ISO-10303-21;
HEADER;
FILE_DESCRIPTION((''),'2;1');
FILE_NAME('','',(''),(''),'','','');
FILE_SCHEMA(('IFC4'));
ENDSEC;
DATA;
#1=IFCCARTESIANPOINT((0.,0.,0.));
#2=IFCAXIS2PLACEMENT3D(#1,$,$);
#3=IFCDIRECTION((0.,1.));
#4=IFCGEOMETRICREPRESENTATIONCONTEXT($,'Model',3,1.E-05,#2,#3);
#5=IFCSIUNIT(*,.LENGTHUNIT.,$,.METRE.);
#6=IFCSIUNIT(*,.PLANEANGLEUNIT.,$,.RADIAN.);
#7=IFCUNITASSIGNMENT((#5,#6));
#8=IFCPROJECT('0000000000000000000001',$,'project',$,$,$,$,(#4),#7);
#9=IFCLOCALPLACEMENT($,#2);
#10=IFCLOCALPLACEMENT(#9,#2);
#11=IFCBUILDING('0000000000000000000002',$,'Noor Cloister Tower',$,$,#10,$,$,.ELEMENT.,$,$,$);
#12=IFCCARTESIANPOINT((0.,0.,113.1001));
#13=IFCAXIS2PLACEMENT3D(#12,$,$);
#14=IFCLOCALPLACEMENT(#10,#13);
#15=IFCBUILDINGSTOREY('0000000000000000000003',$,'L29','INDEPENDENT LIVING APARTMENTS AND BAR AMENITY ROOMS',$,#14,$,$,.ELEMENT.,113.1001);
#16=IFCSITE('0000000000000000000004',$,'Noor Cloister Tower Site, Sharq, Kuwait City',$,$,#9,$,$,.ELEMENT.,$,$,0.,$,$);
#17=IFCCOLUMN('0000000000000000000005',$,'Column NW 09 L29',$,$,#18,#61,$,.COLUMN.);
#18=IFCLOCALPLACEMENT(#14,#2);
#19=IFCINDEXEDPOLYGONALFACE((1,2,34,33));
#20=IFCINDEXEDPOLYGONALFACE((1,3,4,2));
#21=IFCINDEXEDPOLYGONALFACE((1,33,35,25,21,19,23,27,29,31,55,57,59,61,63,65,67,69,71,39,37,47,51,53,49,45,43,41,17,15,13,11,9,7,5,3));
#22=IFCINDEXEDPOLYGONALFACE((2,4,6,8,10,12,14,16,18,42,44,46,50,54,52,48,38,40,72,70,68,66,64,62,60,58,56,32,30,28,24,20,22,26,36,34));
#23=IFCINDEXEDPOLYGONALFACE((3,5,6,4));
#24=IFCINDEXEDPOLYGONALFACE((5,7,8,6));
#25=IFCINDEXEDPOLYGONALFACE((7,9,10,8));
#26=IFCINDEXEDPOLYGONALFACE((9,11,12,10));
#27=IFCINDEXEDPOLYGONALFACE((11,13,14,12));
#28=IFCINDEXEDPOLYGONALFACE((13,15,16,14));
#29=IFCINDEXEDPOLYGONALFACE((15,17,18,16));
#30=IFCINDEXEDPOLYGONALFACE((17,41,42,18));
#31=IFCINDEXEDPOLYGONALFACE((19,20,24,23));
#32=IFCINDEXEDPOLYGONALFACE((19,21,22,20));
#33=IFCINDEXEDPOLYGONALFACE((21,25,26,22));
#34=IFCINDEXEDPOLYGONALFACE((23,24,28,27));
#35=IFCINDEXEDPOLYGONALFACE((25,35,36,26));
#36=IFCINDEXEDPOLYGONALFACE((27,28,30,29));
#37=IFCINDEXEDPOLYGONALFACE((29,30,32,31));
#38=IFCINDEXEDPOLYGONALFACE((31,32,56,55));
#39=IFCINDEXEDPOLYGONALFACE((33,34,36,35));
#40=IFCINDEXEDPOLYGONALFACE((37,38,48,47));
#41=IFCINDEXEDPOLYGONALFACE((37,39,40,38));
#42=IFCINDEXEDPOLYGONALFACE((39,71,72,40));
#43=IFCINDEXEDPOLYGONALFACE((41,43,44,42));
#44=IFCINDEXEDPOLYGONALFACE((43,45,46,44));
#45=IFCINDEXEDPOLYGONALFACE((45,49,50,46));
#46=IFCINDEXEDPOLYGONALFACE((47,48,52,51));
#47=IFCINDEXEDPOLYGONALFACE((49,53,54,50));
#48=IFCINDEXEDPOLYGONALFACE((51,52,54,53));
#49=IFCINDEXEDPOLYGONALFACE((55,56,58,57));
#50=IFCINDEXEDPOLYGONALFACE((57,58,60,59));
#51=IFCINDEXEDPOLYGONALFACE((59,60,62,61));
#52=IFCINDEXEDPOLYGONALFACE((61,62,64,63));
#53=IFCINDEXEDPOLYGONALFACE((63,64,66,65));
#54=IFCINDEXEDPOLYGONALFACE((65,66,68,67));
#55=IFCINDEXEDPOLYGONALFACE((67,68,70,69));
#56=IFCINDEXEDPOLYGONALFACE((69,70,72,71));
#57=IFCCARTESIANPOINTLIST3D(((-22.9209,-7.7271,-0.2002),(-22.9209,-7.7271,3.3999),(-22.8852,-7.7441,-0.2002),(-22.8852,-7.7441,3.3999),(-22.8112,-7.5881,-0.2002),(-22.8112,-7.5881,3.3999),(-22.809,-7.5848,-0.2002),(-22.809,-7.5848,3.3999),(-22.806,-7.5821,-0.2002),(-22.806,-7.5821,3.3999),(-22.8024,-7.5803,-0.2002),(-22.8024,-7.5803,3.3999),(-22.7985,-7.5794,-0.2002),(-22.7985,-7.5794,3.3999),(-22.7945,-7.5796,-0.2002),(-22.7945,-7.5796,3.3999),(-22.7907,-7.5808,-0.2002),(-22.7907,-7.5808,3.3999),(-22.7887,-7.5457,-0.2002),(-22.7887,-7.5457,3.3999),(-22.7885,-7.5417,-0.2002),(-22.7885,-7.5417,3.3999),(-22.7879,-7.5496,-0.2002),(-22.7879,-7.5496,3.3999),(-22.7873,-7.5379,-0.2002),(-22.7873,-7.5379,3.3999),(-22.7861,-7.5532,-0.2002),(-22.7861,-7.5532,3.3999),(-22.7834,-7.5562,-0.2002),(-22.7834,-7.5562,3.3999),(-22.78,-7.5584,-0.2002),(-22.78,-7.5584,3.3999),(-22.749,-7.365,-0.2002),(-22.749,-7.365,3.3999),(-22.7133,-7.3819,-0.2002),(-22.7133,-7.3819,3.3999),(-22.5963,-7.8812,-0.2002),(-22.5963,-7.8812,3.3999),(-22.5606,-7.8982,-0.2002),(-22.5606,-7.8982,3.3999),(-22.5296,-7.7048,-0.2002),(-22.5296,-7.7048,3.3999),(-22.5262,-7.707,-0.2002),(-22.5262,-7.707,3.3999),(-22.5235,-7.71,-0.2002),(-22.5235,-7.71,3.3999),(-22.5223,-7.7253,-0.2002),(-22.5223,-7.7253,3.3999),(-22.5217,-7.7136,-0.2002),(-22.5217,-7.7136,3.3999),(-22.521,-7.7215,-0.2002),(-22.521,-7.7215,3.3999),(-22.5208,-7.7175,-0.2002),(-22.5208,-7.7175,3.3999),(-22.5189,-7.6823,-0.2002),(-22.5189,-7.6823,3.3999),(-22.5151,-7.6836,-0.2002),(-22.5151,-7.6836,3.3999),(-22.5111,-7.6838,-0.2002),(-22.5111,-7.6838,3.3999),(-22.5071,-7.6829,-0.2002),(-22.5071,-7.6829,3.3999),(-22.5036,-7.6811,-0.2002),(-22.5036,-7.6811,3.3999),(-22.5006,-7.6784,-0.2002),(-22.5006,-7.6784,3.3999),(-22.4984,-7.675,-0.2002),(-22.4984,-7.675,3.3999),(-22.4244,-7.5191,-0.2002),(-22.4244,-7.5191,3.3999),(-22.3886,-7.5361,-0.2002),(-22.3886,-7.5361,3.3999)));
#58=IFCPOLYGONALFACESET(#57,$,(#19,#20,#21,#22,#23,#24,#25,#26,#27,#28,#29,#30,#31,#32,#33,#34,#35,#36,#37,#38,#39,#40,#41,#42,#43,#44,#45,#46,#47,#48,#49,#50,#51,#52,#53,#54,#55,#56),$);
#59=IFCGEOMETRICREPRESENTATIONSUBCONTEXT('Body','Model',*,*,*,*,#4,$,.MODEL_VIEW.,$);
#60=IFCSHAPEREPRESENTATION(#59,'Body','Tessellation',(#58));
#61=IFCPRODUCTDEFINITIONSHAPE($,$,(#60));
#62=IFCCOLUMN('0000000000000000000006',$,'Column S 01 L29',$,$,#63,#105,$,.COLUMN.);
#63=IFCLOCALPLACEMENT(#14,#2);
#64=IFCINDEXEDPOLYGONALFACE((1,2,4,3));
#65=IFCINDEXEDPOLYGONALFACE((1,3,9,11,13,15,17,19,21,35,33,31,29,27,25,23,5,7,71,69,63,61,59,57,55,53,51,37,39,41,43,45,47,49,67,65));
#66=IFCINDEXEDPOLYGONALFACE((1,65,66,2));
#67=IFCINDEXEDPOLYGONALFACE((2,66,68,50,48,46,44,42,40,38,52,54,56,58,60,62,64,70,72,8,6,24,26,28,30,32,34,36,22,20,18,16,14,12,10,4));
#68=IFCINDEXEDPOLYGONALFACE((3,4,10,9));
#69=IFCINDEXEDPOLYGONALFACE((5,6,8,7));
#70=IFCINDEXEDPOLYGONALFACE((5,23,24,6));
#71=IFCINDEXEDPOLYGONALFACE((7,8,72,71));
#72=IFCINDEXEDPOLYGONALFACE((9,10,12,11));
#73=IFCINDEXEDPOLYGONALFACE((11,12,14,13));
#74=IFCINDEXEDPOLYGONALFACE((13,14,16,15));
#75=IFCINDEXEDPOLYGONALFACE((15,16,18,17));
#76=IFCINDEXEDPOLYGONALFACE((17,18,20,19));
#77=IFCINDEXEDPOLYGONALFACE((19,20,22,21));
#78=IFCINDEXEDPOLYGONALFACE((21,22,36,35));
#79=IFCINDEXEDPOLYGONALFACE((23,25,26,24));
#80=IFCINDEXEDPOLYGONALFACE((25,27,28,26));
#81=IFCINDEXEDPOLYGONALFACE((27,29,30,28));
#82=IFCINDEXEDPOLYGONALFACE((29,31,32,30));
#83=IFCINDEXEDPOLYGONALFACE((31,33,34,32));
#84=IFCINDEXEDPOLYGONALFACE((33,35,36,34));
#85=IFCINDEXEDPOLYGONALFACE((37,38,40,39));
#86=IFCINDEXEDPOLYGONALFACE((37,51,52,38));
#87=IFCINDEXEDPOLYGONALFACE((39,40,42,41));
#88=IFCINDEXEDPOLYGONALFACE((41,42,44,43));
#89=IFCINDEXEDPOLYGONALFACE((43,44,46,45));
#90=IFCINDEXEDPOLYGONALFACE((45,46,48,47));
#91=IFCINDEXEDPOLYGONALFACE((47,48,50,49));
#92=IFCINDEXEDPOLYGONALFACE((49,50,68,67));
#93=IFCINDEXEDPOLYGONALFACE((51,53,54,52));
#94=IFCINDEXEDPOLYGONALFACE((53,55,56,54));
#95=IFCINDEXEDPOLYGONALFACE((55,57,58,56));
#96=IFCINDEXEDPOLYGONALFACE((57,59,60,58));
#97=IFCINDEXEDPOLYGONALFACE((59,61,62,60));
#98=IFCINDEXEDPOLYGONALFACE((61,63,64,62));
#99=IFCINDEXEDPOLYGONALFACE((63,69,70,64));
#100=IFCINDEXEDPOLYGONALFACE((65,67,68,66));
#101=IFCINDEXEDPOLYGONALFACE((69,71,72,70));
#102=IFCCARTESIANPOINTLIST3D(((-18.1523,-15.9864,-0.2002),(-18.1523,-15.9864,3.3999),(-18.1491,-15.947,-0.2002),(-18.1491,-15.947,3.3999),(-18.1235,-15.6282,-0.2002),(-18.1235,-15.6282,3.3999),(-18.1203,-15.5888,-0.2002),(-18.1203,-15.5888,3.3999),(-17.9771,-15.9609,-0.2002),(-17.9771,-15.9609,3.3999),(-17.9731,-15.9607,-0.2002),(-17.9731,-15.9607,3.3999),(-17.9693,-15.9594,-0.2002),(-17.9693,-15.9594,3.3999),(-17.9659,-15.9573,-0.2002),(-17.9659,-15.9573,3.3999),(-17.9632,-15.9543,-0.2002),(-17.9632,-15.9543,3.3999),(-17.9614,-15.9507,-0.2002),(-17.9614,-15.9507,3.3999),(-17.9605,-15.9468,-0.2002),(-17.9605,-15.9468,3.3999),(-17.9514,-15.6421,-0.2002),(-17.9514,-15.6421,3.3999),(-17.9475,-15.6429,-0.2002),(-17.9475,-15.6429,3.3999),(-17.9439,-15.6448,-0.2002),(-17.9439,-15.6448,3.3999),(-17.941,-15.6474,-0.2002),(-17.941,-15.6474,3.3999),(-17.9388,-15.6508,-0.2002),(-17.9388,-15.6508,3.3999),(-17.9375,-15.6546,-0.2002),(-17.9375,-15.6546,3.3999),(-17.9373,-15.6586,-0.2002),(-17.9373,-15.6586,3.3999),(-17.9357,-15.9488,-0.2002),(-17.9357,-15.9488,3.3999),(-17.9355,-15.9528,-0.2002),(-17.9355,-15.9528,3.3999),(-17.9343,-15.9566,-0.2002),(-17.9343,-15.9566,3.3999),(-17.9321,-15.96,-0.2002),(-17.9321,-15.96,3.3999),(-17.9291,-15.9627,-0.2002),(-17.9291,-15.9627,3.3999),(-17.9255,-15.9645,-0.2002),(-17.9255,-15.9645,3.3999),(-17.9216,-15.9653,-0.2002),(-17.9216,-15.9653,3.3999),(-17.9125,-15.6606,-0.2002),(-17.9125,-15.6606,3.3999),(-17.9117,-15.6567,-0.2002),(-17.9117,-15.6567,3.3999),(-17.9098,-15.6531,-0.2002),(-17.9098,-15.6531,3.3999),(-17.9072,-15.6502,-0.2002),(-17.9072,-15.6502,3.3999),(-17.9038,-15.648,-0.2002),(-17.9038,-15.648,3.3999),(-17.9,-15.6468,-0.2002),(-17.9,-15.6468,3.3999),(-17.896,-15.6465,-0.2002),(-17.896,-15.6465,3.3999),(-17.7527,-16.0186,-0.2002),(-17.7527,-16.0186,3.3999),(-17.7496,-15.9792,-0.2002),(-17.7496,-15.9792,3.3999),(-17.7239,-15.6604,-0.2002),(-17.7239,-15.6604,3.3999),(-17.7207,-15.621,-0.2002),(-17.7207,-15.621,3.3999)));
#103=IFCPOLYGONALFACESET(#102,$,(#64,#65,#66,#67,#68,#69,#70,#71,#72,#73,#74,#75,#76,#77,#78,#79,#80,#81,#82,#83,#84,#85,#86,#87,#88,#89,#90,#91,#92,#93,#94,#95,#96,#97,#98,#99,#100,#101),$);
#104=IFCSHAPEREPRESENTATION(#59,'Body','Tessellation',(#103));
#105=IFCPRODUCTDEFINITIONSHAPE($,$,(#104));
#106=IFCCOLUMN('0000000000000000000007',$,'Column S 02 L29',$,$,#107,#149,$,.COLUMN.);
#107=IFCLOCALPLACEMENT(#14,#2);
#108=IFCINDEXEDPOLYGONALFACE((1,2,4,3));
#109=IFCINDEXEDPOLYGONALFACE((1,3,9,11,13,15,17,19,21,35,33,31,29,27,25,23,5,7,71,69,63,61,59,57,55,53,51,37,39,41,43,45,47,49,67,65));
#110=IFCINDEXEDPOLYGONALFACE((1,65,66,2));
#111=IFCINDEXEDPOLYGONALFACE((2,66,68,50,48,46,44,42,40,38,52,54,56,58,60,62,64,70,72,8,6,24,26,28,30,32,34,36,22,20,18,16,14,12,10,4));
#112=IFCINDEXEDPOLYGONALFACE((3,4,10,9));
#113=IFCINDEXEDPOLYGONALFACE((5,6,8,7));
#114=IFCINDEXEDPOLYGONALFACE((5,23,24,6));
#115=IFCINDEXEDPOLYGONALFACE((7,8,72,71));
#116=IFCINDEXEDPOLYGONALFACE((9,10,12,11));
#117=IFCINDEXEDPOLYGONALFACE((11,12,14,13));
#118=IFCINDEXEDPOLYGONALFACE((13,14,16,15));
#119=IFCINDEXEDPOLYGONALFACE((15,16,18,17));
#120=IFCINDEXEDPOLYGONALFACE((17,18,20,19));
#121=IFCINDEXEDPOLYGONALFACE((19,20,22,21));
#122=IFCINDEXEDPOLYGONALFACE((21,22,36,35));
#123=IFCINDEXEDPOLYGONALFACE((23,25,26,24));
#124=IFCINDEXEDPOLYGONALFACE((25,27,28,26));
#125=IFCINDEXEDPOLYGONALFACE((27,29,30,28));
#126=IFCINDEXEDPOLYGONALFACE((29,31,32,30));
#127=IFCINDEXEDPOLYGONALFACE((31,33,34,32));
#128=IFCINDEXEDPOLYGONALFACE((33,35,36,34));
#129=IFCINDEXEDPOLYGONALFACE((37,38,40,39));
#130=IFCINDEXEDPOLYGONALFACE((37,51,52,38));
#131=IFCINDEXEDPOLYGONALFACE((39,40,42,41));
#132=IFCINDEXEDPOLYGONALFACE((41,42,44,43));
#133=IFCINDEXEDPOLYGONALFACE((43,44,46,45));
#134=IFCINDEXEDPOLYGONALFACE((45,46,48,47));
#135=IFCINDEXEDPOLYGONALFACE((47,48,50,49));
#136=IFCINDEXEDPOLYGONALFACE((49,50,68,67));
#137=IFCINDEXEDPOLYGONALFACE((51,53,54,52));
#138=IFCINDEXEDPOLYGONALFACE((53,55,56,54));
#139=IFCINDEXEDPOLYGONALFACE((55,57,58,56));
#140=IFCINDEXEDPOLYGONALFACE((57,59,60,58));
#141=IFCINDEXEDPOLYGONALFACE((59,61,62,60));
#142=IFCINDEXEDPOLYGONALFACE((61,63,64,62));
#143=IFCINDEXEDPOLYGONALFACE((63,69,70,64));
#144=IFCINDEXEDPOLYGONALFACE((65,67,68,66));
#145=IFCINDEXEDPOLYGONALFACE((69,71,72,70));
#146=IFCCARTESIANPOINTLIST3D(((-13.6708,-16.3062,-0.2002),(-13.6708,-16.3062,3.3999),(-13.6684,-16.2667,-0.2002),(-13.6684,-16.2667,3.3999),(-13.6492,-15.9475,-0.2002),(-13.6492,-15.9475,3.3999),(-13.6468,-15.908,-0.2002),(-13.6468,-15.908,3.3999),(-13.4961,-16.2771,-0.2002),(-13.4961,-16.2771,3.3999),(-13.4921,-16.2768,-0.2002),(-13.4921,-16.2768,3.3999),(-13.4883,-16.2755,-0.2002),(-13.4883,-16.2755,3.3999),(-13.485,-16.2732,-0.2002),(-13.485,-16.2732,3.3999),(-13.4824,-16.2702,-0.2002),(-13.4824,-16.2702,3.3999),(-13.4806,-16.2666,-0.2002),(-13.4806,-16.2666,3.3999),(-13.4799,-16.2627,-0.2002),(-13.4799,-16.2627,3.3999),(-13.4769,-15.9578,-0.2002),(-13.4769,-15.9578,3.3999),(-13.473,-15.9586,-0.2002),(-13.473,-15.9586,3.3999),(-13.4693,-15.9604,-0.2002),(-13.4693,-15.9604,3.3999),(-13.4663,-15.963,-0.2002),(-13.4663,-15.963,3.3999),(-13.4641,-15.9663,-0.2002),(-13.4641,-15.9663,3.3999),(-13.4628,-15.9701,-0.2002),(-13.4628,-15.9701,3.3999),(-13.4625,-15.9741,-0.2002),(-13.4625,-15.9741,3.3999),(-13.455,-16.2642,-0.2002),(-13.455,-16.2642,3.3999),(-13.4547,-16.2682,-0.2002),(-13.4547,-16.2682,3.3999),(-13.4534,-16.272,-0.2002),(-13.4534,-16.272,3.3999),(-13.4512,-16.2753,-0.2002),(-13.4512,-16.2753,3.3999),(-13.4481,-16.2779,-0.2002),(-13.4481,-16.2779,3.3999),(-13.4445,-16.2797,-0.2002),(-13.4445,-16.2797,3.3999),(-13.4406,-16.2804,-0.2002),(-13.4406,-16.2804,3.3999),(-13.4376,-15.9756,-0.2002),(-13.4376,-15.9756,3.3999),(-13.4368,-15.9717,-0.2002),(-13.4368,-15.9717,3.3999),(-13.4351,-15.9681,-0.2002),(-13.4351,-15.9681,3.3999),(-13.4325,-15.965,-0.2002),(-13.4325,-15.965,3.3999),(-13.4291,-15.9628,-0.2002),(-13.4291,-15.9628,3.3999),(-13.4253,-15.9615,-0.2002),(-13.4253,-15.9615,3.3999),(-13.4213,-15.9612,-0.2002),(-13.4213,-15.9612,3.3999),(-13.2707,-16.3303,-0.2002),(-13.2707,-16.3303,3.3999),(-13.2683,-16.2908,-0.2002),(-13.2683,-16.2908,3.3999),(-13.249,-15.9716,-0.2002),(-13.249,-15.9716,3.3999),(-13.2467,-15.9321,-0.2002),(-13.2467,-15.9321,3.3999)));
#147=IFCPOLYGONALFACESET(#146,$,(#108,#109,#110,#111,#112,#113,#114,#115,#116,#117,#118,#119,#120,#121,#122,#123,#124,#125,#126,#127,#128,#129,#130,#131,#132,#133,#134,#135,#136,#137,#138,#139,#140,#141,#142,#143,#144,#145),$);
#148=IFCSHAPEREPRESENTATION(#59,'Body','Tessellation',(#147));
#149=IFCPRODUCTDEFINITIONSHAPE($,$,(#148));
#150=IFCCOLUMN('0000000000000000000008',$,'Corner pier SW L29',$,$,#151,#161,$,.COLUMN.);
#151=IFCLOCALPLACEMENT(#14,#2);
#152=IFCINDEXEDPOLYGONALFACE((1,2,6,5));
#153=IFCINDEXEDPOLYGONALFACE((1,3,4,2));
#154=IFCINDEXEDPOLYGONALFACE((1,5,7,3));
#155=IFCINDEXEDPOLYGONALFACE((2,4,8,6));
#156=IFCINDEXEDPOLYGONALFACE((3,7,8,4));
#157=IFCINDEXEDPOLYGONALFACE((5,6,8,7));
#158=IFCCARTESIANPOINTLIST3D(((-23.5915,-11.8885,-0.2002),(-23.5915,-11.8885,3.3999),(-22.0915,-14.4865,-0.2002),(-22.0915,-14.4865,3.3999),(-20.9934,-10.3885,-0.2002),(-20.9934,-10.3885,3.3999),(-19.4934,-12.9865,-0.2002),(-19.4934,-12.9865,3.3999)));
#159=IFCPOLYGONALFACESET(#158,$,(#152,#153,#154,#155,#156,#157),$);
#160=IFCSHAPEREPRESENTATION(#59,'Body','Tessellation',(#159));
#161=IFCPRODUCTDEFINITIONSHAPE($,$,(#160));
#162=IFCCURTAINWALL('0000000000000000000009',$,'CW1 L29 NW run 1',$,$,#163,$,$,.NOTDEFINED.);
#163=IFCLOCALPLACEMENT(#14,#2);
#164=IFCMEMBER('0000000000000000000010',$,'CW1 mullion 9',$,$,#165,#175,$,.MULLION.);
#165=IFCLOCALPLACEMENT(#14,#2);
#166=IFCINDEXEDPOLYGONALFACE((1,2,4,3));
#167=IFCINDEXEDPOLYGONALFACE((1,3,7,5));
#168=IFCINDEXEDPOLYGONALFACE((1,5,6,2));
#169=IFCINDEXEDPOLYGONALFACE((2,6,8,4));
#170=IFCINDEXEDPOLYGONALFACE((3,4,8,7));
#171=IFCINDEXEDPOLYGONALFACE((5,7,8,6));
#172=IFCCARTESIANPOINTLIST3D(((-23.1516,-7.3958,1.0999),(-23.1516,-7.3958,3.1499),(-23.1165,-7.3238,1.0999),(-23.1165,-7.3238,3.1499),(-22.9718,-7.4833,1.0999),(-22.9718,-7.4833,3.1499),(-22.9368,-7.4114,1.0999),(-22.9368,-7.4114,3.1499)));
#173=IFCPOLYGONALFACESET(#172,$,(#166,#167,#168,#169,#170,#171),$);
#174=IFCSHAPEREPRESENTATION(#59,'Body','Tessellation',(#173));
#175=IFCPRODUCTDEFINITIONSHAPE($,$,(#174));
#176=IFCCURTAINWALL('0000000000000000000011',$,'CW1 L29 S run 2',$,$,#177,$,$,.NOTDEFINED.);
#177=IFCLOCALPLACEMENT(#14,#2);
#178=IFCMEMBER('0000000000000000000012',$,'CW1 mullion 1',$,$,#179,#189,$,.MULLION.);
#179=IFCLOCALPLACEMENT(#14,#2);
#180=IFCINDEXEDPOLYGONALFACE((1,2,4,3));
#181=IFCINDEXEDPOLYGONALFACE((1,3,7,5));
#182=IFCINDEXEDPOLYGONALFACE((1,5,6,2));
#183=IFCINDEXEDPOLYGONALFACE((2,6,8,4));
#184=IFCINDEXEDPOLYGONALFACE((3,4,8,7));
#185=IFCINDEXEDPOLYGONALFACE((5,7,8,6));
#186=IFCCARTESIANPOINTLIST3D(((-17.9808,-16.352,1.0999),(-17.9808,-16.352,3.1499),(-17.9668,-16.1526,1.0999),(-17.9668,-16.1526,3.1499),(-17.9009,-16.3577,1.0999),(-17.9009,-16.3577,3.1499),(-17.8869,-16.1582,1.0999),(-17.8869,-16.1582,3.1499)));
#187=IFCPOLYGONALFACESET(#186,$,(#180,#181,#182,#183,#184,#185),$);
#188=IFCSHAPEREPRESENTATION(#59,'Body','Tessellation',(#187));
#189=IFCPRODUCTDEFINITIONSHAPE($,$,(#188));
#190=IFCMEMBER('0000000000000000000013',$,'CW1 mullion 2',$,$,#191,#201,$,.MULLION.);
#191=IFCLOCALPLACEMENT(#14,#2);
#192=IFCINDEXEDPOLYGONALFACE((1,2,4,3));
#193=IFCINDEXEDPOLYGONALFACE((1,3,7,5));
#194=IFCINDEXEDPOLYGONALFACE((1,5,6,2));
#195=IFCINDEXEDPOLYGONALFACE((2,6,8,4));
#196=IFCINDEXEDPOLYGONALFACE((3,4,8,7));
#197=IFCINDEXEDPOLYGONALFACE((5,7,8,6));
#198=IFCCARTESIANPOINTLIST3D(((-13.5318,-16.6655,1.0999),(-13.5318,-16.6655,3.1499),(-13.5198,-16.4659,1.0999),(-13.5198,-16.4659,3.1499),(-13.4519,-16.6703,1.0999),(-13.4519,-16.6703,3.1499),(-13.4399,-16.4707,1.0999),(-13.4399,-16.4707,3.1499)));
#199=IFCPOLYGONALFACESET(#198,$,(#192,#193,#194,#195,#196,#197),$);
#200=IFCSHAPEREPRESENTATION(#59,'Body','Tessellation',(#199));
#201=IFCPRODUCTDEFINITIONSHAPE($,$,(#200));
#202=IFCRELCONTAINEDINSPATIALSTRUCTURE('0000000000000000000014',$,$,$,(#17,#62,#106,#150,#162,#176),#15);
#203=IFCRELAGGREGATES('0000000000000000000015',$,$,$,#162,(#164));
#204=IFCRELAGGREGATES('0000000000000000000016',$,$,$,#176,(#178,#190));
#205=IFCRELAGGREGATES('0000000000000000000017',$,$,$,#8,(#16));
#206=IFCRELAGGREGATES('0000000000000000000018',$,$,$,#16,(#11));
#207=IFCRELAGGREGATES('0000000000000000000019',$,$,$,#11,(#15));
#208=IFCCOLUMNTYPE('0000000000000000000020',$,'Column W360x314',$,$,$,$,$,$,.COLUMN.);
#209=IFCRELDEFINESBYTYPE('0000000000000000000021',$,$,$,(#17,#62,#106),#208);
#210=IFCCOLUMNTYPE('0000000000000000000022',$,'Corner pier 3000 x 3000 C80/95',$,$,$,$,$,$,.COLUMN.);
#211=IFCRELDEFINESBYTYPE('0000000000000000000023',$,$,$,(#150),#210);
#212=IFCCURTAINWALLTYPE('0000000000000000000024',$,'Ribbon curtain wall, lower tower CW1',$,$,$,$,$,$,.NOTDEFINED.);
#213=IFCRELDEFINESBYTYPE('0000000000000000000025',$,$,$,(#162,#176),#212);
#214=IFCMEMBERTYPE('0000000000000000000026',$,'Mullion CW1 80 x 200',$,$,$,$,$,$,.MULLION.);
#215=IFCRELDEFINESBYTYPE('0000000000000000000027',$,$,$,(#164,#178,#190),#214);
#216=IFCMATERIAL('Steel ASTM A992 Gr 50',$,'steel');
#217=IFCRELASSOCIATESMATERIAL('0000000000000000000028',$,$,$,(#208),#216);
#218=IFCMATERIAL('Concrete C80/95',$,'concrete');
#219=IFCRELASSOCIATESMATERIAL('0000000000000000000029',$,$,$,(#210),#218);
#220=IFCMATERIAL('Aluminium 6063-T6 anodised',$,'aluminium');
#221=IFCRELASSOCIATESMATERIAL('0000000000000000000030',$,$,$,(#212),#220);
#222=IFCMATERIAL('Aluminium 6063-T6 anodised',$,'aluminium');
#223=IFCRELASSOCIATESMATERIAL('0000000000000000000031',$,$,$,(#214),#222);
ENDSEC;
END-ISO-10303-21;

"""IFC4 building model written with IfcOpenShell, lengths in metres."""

from ifc_helpers import new_model, si_unit, direction, frame, origin, origin_2d, place, context, subcontext, project, spatial, rectangle, i_section, extrude, material, material_profile, profile_set, type_object, element, aggregate, save


model = new_model("IFC4")

# Units and contexts
model_context = context("Model", 3, precision=1e-05, world=origin(), true_north=direction((0.0, 1.0)))
body_context = subcontext(model_context, "Body", "Model", "MODEL_VIEW")
ifc_project = project(units=[si_unit("LENGTHUNIT", "METRE"), si_unit("PLANEANGLEUNIT", "RADIAN")], contexts=[model_context])

# Site, building, storey
site_placement = place(None, origin())
site = spatial("IfcSite", under=ifc_project, at=site_placement, Name="Noor Cloister Tower Site, Sharq, Kuwait City", CompositionType="ELEMENT", RefElevation=0.0)
building_placement = place(site_placement, origin())
building = spatial("IfcBuilding", under=site, at=building_placement, Name="Noor Cloister Tower", CompositionType="ELEMENT")
storey_placement = place(building_placement, frame((0.0, 0.0, 113.1001)))
storey = spatial("IfcBuildingStorey", under=building, at=storey_placement, Name="L29", Description="INDEPENDENT LIVING APARTMENTS AND BAR AMENITY ROOMS", CompositionType="ELEMENT", Elevation=113.1001)

# Columns
ifc_material_1 = material(Name="Steel ASTM A992 Gr 50", Category="steel")
ifc_material_profile_1 = material_profile(ifc_material_1, i_section(OverallWidth=0.4009, OverallDepth=0.3989, WebThickness=0.0249, FlangeThickness=0.0396, FilletRadius=0.0154, at=origin_2d()), Name="W360x314")
ifc_profile_set_1 = profile_set([ifc_material_profile_1], Name="Steel ASTM A992 Gr 50")
column_type_1 = type_object("IfcColumnType", Name="Column W360x314", PredefinedType="COLUMN", material=ifc_profile_set_1)
for number, where, z_axis, x_axis, name in (
    (1, (-22.6548, -7.6316, -0.2002), (0.0, 0.0, 1.0), (-0.428908, -0.903348, 0.0), "Column NW 09 L29"),
    (2, (-17.9365, -15.8037, -0.2002), (0.0, 0.0, 1.0), (0.996776, -0.080229, 0.0), "Column S 01 L29"),
    (3, (-13.4587, -16.1191, -0.2002), (0.0, 0.0, 1.0), (0.998186, -0.0602, 0.0), "Column S 02 L29"),
):
    element("IfcColumn", number, at=place(storey_placement, frame(where, z_axis=z_axis, x_axis=x_axis)), inside=storey, type_object=column_type_1, Name=name, PredefinedType="COLUMN", context=body_context, shape_type="SweptSolid", body=[
        extrude(i_section(OverallWidth=0.4009, OverallDepth=0.3989, WebThickness=0.0249, FlangeThickness=0.0396, FilletRadius=0.0154, at=origin_2d()), origin(), (0.0, 0.0, 1.0), 3.6001),
    ])
ifc_material_2 = material(Name="Concrete C80/95", Category="concrete")
ifc_material_profile_2 = material_profile(ifc_material_2, rectangle(XDim=3.0, YDim=3.0, at=origin_2d()), Name="RC 3000x3000")
ifc_profile_set_2 = profile_set([ifc_material_profile_2], Name="Concrete C80/95")
column_type_2 = type_object("IfcColumnType", Name="Corner pier 3000 x 3000 C80/95", PredefinedType="COLUMN", material=ifc_profile_set_2)
column_placement = place(storey_placement, frame((-21.5425, -12.4375, -0.2002), z_axis=(0.0, 0.0, 1.0), x_axis=(-0.866025, -0.5, 0.0)))
element("IfcColumn", 4, at=column_placement, inside=storey, type_object=column_type_2, Name="Corner pier SW L29", PredefinedType="COLUMN", context=body_context, shape_type="SweptSolid", body=[
    extrude(rectangle(XDim=3.0, YDim=3.0, at=origin_2d()), origin(), (0.0, 0.0, 1.0), 3.6001),
])

# Curtain wall, member
ifc_material_3 = material(Name="Aluminium 6063-T6 anodised", Category="aluminium")
curtain_wall_type = type_object("IfcCurtainWallType", Name="Ribbon curtain wall, lower tower CW1", PredefinedType="NOTDEFINED", material=ifc_material_3)
curtain_wall_1_placement = place(storey_placement, origin())
curtain_wall_1 = element("IfcCurtainWall", 5, at=curtain_wall_1_placement, inside=storey, type_object=curtain_wall_type, Name="CW1 L29 NW run 1", PredefinedType="NOTDEFINED")
ifc_material_4 = material(Name="Aluminium 6063-T6 anodised", Category="aluminium")
ifc_material_profile_3 = material_profile(ifc_material_4, rectangle(XDim=0.2, YDim=0.0801, at=origin_2d()), Name="200 x 80 mullion")
ifc_profile_set_3 = profile_set([ifc_material_profile_3], Name="Aluminium 6063-T6 anodised")
member_type = type_object("IfcMemberType", Name="Mullion CW1 80 x 200", PredefinedType="MULLION", material=ifc_profile_set_3)
member_1_placement = place(storey_placement, frame((-23.0442, -7.4036, 1.0999), z_axis=(0.0, 0.0, 1.0), x_axis=(0.898997, -0.437955, 0.0)))
member_1 = element("IfcMember", 6, at=member_1_placement, type_object=member_type, Name="CW1 mullion 9", PredefinedType="MULLION", context=body_context, shape_type="SweptSolid", body=[
    extrude(rectangle(XDim=0.2, YDim=0.0801, at=origin_2d()), origin(), (0.0, 0.0, 1.0), 2.05),
])
aggregate(curtain_wall_1, [member_1])

# Curtain wall, members
curtain_wall_2_placement = place(storey_placement, origin())
curtain_wall_2 = element("IfcCurtainWall", 7, at=curtain_wall_2_placement, inside=storey, type_object=curtain_wall_type, Name="CW1 L29 S run 2", PredefinedType="NOTDEFINED")
member_2_placement = place(storey_placement, frame((-17.9338, -16.2551, 1.0999), z_axis=(0.0, 0.0, 1.0), x_axis=(0.070218, 0.997532, 0.0)))
member_2 = element("IfcMember", 8, at=member_2_placement, type_object=member_type, Name="CW1 mullion 1", PredefinedType="MULLION", context=body_context, shape_type="SweptSolid", body=[
    extrude(rectangle(XDim=0.2, YDim=0.0801, at=origin_2d()), origin(), (0.0, 0.0, 1.0), 2.05),
])
member_3_placement = place(storey_placement, frame((-13.4858, -16.5681, 1.0999), z_axis=(0.0, 0.0, 1.0), x_axis=(0.0602, 0.998186, 0.0)))
member_3 = element("IfcMember", 9, at=member_3_placement, type_object=member_type, Name="CW1 mullion 2", PredefinedType="MULLION", context=body_context, shape_type="SweptSolid", body=[
    extrude(rectangle(XDim=0.2, YDim=0.0801, at=origin_2d()), origin(), (0.0, 0.0, 1.0), 2.05),
])

aggregate(curtain_wall_2, [member_2, member_3])

save(model, "model.ifc")
